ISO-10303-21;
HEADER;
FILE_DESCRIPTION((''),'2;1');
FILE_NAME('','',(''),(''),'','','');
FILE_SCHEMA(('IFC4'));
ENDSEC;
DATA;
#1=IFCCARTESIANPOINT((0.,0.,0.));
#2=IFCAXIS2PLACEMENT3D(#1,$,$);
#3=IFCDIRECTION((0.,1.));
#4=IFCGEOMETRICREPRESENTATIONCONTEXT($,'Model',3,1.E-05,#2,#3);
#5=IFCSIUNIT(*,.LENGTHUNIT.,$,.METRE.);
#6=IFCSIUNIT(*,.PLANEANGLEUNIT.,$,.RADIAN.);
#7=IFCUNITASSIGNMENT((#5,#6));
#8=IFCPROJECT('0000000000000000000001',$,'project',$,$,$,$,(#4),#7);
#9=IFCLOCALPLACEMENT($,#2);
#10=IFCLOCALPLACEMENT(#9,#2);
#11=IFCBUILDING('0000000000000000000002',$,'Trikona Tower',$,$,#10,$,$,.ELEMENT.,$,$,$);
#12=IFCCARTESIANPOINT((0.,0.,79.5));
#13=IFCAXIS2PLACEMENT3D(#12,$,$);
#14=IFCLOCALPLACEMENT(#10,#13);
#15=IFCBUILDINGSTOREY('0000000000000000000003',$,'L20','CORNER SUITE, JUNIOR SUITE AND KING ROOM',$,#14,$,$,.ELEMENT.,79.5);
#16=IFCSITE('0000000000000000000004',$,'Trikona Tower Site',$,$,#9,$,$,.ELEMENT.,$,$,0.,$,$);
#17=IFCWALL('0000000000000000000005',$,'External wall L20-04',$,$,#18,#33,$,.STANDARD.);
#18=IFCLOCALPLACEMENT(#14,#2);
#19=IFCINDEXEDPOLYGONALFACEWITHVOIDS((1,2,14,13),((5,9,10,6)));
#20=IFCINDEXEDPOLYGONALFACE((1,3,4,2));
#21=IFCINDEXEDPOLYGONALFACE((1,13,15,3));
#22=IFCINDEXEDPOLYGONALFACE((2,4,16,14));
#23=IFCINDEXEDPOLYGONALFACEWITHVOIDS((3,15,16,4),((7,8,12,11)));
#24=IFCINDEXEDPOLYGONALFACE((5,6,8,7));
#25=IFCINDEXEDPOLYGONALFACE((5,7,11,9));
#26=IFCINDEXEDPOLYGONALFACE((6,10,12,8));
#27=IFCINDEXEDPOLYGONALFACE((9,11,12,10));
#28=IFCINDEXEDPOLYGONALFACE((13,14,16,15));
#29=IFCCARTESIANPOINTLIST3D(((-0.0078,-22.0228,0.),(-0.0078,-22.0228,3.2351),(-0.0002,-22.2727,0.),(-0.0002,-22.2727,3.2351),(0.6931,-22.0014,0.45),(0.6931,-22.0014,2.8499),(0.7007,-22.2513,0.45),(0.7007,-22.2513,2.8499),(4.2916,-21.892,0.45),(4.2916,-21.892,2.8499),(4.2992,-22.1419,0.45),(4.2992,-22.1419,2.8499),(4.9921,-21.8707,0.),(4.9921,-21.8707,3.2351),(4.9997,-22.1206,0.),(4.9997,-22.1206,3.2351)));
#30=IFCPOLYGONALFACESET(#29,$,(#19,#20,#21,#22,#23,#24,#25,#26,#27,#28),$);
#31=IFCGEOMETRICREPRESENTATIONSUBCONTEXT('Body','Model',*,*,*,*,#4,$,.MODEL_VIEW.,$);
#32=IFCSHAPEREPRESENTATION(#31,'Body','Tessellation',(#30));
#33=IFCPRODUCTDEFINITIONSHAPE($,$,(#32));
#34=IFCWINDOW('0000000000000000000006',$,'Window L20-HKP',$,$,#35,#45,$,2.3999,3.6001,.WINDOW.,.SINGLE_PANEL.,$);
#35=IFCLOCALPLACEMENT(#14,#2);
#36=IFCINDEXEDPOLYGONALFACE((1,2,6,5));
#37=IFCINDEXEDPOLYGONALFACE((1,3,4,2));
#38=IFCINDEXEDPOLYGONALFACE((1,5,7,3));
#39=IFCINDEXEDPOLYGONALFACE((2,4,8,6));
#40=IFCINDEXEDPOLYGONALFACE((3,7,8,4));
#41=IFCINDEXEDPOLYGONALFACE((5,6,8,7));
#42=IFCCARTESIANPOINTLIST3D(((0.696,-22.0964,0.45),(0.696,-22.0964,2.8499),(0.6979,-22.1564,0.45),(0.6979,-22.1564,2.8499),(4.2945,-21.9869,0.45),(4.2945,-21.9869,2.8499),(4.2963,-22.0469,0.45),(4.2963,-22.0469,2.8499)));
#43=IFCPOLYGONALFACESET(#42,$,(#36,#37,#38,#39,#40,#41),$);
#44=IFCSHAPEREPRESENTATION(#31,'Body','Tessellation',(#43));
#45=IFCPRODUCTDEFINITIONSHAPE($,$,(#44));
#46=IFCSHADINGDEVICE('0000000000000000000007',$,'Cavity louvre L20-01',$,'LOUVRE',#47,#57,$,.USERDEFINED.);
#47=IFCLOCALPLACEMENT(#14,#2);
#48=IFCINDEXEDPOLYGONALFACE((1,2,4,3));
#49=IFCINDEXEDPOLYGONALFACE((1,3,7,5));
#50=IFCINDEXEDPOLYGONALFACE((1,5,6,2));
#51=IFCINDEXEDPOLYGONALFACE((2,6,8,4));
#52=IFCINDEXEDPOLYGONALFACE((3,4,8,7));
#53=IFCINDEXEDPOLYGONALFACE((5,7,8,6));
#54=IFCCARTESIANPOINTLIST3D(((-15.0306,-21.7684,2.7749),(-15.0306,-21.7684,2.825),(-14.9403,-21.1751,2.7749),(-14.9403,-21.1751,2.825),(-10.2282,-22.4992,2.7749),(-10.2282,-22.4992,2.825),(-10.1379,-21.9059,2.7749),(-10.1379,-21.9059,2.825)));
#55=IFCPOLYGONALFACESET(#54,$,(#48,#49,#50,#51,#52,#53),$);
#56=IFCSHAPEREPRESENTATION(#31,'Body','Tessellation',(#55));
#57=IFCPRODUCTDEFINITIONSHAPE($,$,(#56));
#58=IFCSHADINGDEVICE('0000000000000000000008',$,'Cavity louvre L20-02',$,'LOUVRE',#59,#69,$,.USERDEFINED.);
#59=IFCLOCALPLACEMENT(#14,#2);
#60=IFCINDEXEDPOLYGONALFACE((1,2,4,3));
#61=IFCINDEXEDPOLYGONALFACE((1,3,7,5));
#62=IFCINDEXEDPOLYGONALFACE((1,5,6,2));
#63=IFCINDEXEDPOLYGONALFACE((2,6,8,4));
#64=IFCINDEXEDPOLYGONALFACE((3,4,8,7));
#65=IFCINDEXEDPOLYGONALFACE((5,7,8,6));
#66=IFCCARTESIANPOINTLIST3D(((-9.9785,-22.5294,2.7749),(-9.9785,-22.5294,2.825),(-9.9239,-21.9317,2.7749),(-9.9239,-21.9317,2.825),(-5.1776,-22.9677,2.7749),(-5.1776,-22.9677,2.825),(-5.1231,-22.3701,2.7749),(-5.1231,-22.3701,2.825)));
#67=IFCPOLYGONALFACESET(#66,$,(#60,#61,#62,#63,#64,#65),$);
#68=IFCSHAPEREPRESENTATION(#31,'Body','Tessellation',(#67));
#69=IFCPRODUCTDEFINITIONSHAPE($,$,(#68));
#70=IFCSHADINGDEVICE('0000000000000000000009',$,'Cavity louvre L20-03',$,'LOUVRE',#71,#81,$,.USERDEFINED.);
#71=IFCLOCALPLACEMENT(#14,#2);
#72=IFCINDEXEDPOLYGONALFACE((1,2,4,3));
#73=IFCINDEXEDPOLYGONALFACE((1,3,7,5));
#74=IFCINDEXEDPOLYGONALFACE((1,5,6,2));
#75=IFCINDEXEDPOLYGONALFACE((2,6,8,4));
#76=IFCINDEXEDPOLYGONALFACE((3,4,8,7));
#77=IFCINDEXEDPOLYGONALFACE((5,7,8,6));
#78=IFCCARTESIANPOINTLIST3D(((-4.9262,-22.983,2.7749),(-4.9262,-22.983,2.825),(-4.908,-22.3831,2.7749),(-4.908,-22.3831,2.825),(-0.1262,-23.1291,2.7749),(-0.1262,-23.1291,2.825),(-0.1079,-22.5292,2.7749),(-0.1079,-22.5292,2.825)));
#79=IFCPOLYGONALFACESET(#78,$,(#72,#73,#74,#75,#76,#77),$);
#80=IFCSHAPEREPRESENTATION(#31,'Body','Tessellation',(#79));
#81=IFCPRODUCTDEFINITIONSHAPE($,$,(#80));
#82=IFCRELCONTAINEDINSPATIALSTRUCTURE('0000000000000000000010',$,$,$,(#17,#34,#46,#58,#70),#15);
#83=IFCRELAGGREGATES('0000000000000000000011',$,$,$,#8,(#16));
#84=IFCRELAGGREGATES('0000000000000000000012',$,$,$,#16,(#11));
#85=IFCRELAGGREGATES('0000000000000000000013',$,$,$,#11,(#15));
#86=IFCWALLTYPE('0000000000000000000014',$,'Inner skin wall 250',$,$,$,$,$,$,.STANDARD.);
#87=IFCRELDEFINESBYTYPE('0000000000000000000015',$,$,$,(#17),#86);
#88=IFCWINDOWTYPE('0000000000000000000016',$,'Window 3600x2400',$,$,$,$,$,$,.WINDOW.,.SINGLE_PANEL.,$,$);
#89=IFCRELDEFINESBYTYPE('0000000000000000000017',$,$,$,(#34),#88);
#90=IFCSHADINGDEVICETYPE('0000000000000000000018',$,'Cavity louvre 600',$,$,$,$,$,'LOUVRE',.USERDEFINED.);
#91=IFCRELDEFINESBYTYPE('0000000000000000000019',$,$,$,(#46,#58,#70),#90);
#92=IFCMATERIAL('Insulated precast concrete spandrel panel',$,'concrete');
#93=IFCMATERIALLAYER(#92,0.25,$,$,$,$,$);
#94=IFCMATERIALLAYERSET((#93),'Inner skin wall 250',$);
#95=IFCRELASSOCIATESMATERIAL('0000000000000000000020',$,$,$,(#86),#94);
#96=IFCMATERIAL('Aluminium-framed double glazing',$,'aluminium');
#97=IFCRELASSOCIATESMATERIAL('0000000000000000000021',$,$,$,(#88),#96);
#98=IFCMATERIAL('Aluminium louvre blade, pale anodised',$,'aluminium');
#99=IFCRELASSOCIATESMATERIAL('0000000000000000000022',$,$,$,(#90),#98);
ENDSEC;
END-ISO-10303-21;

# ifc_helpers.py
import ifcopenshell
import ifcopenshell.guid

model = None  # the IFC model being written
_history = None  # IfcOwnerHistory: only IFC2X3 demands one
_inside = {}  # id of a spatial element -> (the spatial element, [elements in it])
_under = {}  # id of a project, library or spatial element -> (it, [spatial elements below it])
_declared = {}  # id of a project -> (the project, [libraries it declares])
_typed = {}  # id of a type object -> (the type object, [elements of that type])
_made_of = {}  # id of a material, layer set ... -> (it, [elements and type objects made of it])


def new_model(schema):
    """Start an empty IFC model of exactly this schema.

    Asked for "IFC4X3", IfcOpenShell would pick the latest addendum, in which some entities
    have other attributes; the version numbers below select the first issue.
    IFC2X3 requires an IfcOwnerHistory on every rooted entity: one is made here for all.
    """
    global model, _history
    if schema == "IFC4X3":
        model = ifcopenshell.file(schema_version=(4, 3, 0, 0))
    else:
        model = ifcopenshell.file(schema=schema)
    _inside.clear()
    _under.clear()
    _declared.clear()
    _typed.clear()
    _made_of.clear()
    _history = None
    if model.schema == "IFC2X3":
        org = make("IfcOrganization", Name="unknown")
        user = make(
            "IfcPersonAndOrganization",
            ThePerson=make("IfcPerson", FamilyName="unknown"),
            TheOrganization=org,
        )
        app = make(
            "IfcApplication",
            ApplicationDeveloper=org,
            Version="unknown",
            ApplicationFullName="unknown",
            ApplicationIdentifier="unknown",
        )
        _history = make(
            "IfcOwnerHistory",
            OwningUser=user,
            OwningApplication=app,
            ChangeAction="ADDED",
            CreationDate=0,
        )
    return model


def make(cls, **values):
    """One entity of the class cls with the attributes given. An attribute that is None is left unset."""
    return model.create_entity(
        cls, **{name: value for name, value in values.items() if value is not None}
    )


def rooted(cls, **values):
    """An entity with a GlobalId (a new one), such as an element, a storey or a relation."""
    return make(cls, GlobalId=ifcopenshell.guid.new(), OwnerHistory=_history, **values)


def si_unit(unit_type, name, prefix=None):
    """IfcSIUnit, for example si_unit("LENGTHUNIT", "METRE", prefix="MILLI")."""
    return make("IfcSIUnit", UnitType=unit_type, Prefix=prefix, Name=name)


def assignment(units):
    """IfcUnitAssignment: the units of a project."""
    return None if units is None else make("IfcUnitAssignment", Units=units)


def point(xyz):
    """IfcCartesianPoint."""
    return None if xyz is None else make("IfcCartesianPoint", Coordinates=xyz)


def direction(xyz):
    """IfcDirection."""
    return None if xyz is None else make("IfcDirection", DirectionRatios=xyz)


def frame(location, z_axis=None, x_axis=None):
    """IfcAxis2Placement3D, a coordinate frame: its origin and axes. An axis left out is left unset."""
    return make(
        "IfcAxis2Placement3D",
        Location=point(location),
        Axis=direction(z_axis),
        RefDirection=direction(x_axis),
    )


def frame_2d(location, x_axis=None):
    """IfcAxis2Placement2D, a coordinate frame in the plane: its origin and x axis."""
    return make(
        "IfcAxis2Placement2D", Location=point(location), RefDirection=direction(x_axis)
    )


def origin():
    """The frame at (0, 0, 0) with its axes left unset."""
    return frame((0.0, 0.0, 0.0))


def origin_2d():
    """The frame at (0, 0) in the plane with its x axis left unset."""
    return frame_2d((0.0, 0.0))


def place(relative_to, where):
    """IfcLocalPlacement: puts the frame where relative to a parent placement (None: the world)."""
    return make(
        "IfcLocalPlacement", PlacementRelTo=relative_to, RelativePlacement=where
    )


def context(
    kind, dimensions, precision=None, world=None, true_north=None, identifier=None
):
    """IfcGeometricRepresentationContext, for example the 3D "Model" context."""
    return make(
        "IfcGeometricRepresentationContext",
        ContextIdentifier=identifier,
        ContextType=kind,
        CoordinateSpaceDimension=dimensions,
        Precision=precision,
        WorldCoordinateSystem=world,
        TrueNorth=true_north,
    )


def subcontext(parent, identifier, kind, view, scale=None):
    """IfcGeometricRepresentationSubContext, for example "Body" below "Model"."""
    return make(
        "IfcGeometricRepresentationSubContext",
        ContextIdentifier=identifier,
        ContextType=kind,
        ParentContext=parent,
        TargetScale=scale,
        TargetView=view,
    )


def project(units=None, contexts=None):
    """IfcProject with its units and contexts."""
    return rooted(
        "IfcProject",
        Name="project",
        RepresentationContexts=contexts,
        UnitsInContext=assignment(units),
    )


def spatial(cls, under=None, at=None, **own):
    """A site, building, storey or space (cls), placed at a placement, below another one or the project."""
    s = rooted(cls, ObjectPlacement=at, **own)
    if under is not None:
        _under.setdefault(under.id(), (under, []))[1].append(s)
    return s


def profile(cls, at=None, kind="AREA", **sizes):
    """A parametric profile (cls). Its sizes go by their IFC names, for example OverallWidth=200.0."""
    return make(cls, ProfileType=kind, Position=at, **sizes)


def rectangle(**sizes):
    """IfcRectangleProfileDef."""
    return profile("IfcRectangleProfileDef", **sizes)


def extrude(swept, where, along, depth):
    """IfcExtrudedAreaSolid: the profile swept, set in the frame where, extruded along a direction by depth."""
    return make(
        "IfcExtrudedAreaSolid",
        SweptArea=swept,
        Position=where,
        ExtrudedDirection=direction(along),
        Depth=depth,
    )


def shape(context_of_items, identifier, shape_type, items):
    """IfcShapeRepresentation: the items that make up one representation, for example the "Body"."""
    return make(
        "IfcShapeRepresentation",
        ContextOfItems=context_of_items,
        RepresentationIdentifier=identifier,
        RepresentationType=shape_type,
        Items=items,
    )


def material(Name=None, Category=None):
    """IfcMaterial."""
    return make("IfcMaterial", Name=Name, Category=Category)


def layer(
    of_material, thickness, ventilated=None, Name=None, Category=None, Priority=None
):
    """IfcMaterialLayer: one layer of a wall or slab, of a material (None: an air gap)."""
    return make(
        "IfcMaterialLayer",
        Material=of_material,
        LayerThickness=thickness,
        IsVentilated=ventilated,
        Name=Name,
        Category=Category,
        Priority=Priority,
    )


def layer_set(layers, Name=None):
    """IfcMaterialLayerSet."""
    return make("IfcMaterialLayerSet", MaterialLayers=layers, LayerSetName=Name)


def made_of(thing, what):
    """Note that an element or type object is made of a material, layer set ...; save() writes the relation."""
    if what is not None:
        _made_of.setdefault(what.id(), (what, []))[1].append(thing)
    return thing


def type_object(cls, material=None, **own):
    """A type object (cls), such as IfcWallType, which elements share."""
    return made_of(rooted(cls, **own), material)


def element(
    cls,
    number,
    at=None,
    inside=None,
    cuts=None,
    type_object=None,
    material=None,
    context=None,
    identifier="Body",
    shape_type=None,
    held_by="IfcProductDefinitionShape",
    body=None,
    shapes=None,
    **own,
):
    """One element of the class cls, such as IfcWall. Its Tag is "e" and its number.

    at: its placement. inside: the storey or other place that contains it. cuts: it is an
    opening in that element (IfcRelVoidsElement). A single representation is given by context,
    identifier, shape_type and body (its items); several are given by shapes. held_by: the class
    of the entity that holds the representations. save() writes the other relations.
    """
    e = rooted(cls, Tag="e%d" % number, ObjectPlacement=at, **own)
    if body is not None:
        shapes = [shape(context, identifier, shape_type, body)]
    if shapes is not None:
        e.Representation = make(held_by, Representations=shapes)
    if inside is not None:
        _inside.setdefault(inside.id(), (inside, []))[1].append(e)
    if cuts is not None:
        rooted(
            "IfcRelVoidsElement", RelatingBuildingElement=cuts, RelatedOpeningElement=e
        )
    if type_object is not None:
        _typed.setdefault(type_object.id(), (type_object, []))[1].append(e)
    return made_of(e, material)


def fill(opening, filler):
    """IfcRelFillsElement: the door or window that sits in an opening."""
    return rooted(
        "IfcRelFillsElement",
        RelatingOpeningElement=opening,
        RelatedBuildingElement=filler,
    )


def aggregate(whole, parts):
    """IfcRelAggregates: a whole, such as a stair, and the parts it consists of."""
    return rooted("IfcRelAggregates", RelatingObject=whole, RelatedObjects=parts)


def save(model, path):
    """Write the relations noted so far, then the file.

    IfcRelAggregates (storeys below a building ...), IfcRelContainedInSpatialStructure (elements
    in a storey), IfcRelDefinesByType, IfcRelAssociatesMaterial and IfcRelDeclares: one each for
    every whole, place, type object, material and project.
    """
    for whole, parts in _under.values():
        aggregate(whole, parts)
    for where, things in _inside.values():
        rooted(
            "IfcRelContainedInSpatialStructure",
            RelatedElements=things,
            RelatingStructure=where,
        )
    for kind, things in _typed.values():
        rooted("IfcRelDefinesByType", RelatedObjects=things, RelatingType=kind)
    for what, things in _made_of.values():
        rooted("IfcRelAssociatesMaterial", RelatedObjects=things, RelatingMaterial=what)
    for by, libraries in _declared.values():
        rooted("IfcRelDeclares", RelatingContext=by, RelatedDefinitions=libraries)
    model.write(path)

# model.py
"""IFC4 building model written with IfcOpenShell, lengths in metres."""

from ifc_helpers import new_model, si_unit, direction, frame, frame_2d, origin, origin_2d, place, context, subcontext, project, spatial, rectangle, extrude, material, layer, layer_set, type_object, element, fill, save


model = new_model("IFC4")

# Units and contexts
model_context = context("Model", 3, precision=1e-05, world=origin(), true_north=direction((0.0, 1.0)))
body_context = subcontext(model_context, "Body", "Model", "MODEL_VIEW")
ifc_project = project(units=[si_unit("LENGTHUNIT", "METRE"), si_unit("PLANEANGLEUNIT", "RADIAN")], contexts=[model_context])

# Site, building, storey
site_placement = place(None, origin())
site = spatial("IfcSite", under=ifc_project, at=site_placement, Name="Trikona Tower Site", CompositionType="ELEMENT", RefElevation=0.0)
building_placement = place(site_placement, origin())
building = spatial("IfcBuilding", under=site, at=building_placement, Name="Trikona Tower", CompositionType="ELEMENT")
storey_placement = place(building_placement, frame((0.0, 0.0, 79.5)))
storey = spatial("IfcBuildingStorey", under=building, at=storey_placement, Name="L20", Description="CORNER SUITE, JUNIOR SUITE AND KING ROOM", CompositionType="ELEMENT", Elevation=79.5)

# Wall, opening, window
ifc_material_1 = material(Name="Insulated precast concrete spandrel panel", Category="concrete")
ifc_layer_1 = layer(ifc_material_1, 0.25)
ifc_layer_set_1 = layer_set([ifc_layer_1], Name="Inner skin wall 250")
wall_type = type_object("IfcWallType", Name="Inner skin wall 250", PredefinedType="STANDARD", material=ifc_layer_set_1)
ifc_material_2 = material(Name="Aluminium-framed double glazing", Category="aluminium")
window_type = type_object("IfcWindowType", Name="Window 3600x2400", PartitioningType="SINGLE_PANEL", PredefinedType="WINDOW", material=ifc_material_2)
wall_1_placement = place(storey_placement, frame((-0.0039, -22.1477, 0.0), z_axis=(0.0, 0.0, 1.0), x_axis=(0.999538, 0.030406, 0.0)))
wall_1 = element("IfcWall", 1, at=wall_1_placement, inside=storey, type_object=wall_type, Name="External wall L20-04", PredefinedType="STANDARD", context=body_context, shape_type="SweptSolid", body=[
    extrude(rectangle(XDim=5.0022, YDim=0.25, at=frame_2d((2.501, 0.0))), origin(), (0.0, 0.0, 1.0), 3.2351),
])
opening_1_placement = place(wall_1_placement, frame((0.7012, 0.0, 0.45)))
opening_1 = element("IfcOpeningElement", 2, at=opening_1_placement, cuts=wall_1, PredefinedType="OPENING", context=body_context, shape_type="SweptSolid", body=[
    extrude(rectangle(XDim=3.6001, YDim=2.3999, at=frame_2d((1.8, 1.2))), frame((0.0, 0.135, 0.0), z_axis=(0.0, -1.0, 0.0), x_axis=(1.0, 0.0, 0.0)), (0.0, 0.0, 1.0), 0.27),
])
window_1_placement = place(opening_1_placement, origin())
window_1 = element("IfcWindow", 3, at=window_1_placement, inside=storey, type_object=window_type, Name="Window L20-HKP", OverallHeight=2.3999, OverallWidth=3.6001, PartitioningType="SINGLE_PANEL", PredefinedType="WINDOW", context=body_context, shape_type="SweptSolid", body=[
    extrude(rectangle(XDim=3.6001, YDim=2.3999, at=frame_2d((1.8, 1.2))), frame((0.0, 0.03, 0.0), z_axis=(0.0, -1.0, 0.0), x_axis=(1.0, 0.0, 0.0)), (0.0, 0.0, 1.0), 0.0601),
])
fill(opening_1, window_1)

# Shading devices
ifc_material_3 = material(Name="Aluminium louvre blade, pale anodised", Category="aluminium")
shading_device_type = type_object("IfcShadingDeviceType", Name="Cavity louvre 600", ElementType="LOUVRE", PredefinedType="USERDEFINED", material=ifc_material_3)
shading_device_1_placement = place(storey_placement, frame((-12.5842, -21.8372, 2.7749), z_axis=(0.0, 0.0, 1.0), x_axis=(0.988618, -0.150448, 0.0)))
element("IfcShadingDevice", 4, at=shading_device_1_placement, inside=storey, type_object=shading_device_type, Name="Cavity louvre L20-01", ObjectType="LOUVRE", PredefinedType="USERDEFINED", context=body_context, shape_type="SweptSolid", body=[
    extrude(rectangle(XDim=4.8577, YDim=0.6001, at=origin_2d()), origin(), (0.0, 0.0, 1.0), 0.05),
])
shading_device_2_placement = place(storey_placement, frame((-7.5508, -22.4497, 2.7749), z_axis=(0.0, 0.0, 1.0), x_axis=(0.995858, -0.090921, 0.0)))
element("IfcShadingDevice", 5, at=shading_device_2_placement, inside=storey, type_object=shading_device_type, Name="Cavity louvre L20-02", ObjectType="LOUVRE", PredefinedType="USERDEFINED", context=body_context, shape_type="SweptSolid", body=[
    extrude(rectangle(XDim=4.8208, YDim=0.6001, at=origin_2d()), origin(), (0.0, 0.0, 1.0), 0.05),
])
shading_device_3_placement = place(storey_placement, frame((-2.5171, -22.7561, 2.7749), z_axis=(0.0, 0.0, 1.0), x_axis=(0.999537, -0.030425, 0.0)))
element("IfcShadingDevice", 6, at=shading_device_3_placement, inside=storey, type_object=shading_device_type, Name="Cavity louvre L20-03", ObjectType="LOUVRE", PredefinedType="USERDEFINED", context=body_context, shape_type="SweptSolid", body=[
    extrude(rectangle(XDim=4.8022, YDim=0.6001, at=origin_2d()), origin(), (0.0, 0.0, 1.0), 0.05),
])

save(model, "model.ifc")
